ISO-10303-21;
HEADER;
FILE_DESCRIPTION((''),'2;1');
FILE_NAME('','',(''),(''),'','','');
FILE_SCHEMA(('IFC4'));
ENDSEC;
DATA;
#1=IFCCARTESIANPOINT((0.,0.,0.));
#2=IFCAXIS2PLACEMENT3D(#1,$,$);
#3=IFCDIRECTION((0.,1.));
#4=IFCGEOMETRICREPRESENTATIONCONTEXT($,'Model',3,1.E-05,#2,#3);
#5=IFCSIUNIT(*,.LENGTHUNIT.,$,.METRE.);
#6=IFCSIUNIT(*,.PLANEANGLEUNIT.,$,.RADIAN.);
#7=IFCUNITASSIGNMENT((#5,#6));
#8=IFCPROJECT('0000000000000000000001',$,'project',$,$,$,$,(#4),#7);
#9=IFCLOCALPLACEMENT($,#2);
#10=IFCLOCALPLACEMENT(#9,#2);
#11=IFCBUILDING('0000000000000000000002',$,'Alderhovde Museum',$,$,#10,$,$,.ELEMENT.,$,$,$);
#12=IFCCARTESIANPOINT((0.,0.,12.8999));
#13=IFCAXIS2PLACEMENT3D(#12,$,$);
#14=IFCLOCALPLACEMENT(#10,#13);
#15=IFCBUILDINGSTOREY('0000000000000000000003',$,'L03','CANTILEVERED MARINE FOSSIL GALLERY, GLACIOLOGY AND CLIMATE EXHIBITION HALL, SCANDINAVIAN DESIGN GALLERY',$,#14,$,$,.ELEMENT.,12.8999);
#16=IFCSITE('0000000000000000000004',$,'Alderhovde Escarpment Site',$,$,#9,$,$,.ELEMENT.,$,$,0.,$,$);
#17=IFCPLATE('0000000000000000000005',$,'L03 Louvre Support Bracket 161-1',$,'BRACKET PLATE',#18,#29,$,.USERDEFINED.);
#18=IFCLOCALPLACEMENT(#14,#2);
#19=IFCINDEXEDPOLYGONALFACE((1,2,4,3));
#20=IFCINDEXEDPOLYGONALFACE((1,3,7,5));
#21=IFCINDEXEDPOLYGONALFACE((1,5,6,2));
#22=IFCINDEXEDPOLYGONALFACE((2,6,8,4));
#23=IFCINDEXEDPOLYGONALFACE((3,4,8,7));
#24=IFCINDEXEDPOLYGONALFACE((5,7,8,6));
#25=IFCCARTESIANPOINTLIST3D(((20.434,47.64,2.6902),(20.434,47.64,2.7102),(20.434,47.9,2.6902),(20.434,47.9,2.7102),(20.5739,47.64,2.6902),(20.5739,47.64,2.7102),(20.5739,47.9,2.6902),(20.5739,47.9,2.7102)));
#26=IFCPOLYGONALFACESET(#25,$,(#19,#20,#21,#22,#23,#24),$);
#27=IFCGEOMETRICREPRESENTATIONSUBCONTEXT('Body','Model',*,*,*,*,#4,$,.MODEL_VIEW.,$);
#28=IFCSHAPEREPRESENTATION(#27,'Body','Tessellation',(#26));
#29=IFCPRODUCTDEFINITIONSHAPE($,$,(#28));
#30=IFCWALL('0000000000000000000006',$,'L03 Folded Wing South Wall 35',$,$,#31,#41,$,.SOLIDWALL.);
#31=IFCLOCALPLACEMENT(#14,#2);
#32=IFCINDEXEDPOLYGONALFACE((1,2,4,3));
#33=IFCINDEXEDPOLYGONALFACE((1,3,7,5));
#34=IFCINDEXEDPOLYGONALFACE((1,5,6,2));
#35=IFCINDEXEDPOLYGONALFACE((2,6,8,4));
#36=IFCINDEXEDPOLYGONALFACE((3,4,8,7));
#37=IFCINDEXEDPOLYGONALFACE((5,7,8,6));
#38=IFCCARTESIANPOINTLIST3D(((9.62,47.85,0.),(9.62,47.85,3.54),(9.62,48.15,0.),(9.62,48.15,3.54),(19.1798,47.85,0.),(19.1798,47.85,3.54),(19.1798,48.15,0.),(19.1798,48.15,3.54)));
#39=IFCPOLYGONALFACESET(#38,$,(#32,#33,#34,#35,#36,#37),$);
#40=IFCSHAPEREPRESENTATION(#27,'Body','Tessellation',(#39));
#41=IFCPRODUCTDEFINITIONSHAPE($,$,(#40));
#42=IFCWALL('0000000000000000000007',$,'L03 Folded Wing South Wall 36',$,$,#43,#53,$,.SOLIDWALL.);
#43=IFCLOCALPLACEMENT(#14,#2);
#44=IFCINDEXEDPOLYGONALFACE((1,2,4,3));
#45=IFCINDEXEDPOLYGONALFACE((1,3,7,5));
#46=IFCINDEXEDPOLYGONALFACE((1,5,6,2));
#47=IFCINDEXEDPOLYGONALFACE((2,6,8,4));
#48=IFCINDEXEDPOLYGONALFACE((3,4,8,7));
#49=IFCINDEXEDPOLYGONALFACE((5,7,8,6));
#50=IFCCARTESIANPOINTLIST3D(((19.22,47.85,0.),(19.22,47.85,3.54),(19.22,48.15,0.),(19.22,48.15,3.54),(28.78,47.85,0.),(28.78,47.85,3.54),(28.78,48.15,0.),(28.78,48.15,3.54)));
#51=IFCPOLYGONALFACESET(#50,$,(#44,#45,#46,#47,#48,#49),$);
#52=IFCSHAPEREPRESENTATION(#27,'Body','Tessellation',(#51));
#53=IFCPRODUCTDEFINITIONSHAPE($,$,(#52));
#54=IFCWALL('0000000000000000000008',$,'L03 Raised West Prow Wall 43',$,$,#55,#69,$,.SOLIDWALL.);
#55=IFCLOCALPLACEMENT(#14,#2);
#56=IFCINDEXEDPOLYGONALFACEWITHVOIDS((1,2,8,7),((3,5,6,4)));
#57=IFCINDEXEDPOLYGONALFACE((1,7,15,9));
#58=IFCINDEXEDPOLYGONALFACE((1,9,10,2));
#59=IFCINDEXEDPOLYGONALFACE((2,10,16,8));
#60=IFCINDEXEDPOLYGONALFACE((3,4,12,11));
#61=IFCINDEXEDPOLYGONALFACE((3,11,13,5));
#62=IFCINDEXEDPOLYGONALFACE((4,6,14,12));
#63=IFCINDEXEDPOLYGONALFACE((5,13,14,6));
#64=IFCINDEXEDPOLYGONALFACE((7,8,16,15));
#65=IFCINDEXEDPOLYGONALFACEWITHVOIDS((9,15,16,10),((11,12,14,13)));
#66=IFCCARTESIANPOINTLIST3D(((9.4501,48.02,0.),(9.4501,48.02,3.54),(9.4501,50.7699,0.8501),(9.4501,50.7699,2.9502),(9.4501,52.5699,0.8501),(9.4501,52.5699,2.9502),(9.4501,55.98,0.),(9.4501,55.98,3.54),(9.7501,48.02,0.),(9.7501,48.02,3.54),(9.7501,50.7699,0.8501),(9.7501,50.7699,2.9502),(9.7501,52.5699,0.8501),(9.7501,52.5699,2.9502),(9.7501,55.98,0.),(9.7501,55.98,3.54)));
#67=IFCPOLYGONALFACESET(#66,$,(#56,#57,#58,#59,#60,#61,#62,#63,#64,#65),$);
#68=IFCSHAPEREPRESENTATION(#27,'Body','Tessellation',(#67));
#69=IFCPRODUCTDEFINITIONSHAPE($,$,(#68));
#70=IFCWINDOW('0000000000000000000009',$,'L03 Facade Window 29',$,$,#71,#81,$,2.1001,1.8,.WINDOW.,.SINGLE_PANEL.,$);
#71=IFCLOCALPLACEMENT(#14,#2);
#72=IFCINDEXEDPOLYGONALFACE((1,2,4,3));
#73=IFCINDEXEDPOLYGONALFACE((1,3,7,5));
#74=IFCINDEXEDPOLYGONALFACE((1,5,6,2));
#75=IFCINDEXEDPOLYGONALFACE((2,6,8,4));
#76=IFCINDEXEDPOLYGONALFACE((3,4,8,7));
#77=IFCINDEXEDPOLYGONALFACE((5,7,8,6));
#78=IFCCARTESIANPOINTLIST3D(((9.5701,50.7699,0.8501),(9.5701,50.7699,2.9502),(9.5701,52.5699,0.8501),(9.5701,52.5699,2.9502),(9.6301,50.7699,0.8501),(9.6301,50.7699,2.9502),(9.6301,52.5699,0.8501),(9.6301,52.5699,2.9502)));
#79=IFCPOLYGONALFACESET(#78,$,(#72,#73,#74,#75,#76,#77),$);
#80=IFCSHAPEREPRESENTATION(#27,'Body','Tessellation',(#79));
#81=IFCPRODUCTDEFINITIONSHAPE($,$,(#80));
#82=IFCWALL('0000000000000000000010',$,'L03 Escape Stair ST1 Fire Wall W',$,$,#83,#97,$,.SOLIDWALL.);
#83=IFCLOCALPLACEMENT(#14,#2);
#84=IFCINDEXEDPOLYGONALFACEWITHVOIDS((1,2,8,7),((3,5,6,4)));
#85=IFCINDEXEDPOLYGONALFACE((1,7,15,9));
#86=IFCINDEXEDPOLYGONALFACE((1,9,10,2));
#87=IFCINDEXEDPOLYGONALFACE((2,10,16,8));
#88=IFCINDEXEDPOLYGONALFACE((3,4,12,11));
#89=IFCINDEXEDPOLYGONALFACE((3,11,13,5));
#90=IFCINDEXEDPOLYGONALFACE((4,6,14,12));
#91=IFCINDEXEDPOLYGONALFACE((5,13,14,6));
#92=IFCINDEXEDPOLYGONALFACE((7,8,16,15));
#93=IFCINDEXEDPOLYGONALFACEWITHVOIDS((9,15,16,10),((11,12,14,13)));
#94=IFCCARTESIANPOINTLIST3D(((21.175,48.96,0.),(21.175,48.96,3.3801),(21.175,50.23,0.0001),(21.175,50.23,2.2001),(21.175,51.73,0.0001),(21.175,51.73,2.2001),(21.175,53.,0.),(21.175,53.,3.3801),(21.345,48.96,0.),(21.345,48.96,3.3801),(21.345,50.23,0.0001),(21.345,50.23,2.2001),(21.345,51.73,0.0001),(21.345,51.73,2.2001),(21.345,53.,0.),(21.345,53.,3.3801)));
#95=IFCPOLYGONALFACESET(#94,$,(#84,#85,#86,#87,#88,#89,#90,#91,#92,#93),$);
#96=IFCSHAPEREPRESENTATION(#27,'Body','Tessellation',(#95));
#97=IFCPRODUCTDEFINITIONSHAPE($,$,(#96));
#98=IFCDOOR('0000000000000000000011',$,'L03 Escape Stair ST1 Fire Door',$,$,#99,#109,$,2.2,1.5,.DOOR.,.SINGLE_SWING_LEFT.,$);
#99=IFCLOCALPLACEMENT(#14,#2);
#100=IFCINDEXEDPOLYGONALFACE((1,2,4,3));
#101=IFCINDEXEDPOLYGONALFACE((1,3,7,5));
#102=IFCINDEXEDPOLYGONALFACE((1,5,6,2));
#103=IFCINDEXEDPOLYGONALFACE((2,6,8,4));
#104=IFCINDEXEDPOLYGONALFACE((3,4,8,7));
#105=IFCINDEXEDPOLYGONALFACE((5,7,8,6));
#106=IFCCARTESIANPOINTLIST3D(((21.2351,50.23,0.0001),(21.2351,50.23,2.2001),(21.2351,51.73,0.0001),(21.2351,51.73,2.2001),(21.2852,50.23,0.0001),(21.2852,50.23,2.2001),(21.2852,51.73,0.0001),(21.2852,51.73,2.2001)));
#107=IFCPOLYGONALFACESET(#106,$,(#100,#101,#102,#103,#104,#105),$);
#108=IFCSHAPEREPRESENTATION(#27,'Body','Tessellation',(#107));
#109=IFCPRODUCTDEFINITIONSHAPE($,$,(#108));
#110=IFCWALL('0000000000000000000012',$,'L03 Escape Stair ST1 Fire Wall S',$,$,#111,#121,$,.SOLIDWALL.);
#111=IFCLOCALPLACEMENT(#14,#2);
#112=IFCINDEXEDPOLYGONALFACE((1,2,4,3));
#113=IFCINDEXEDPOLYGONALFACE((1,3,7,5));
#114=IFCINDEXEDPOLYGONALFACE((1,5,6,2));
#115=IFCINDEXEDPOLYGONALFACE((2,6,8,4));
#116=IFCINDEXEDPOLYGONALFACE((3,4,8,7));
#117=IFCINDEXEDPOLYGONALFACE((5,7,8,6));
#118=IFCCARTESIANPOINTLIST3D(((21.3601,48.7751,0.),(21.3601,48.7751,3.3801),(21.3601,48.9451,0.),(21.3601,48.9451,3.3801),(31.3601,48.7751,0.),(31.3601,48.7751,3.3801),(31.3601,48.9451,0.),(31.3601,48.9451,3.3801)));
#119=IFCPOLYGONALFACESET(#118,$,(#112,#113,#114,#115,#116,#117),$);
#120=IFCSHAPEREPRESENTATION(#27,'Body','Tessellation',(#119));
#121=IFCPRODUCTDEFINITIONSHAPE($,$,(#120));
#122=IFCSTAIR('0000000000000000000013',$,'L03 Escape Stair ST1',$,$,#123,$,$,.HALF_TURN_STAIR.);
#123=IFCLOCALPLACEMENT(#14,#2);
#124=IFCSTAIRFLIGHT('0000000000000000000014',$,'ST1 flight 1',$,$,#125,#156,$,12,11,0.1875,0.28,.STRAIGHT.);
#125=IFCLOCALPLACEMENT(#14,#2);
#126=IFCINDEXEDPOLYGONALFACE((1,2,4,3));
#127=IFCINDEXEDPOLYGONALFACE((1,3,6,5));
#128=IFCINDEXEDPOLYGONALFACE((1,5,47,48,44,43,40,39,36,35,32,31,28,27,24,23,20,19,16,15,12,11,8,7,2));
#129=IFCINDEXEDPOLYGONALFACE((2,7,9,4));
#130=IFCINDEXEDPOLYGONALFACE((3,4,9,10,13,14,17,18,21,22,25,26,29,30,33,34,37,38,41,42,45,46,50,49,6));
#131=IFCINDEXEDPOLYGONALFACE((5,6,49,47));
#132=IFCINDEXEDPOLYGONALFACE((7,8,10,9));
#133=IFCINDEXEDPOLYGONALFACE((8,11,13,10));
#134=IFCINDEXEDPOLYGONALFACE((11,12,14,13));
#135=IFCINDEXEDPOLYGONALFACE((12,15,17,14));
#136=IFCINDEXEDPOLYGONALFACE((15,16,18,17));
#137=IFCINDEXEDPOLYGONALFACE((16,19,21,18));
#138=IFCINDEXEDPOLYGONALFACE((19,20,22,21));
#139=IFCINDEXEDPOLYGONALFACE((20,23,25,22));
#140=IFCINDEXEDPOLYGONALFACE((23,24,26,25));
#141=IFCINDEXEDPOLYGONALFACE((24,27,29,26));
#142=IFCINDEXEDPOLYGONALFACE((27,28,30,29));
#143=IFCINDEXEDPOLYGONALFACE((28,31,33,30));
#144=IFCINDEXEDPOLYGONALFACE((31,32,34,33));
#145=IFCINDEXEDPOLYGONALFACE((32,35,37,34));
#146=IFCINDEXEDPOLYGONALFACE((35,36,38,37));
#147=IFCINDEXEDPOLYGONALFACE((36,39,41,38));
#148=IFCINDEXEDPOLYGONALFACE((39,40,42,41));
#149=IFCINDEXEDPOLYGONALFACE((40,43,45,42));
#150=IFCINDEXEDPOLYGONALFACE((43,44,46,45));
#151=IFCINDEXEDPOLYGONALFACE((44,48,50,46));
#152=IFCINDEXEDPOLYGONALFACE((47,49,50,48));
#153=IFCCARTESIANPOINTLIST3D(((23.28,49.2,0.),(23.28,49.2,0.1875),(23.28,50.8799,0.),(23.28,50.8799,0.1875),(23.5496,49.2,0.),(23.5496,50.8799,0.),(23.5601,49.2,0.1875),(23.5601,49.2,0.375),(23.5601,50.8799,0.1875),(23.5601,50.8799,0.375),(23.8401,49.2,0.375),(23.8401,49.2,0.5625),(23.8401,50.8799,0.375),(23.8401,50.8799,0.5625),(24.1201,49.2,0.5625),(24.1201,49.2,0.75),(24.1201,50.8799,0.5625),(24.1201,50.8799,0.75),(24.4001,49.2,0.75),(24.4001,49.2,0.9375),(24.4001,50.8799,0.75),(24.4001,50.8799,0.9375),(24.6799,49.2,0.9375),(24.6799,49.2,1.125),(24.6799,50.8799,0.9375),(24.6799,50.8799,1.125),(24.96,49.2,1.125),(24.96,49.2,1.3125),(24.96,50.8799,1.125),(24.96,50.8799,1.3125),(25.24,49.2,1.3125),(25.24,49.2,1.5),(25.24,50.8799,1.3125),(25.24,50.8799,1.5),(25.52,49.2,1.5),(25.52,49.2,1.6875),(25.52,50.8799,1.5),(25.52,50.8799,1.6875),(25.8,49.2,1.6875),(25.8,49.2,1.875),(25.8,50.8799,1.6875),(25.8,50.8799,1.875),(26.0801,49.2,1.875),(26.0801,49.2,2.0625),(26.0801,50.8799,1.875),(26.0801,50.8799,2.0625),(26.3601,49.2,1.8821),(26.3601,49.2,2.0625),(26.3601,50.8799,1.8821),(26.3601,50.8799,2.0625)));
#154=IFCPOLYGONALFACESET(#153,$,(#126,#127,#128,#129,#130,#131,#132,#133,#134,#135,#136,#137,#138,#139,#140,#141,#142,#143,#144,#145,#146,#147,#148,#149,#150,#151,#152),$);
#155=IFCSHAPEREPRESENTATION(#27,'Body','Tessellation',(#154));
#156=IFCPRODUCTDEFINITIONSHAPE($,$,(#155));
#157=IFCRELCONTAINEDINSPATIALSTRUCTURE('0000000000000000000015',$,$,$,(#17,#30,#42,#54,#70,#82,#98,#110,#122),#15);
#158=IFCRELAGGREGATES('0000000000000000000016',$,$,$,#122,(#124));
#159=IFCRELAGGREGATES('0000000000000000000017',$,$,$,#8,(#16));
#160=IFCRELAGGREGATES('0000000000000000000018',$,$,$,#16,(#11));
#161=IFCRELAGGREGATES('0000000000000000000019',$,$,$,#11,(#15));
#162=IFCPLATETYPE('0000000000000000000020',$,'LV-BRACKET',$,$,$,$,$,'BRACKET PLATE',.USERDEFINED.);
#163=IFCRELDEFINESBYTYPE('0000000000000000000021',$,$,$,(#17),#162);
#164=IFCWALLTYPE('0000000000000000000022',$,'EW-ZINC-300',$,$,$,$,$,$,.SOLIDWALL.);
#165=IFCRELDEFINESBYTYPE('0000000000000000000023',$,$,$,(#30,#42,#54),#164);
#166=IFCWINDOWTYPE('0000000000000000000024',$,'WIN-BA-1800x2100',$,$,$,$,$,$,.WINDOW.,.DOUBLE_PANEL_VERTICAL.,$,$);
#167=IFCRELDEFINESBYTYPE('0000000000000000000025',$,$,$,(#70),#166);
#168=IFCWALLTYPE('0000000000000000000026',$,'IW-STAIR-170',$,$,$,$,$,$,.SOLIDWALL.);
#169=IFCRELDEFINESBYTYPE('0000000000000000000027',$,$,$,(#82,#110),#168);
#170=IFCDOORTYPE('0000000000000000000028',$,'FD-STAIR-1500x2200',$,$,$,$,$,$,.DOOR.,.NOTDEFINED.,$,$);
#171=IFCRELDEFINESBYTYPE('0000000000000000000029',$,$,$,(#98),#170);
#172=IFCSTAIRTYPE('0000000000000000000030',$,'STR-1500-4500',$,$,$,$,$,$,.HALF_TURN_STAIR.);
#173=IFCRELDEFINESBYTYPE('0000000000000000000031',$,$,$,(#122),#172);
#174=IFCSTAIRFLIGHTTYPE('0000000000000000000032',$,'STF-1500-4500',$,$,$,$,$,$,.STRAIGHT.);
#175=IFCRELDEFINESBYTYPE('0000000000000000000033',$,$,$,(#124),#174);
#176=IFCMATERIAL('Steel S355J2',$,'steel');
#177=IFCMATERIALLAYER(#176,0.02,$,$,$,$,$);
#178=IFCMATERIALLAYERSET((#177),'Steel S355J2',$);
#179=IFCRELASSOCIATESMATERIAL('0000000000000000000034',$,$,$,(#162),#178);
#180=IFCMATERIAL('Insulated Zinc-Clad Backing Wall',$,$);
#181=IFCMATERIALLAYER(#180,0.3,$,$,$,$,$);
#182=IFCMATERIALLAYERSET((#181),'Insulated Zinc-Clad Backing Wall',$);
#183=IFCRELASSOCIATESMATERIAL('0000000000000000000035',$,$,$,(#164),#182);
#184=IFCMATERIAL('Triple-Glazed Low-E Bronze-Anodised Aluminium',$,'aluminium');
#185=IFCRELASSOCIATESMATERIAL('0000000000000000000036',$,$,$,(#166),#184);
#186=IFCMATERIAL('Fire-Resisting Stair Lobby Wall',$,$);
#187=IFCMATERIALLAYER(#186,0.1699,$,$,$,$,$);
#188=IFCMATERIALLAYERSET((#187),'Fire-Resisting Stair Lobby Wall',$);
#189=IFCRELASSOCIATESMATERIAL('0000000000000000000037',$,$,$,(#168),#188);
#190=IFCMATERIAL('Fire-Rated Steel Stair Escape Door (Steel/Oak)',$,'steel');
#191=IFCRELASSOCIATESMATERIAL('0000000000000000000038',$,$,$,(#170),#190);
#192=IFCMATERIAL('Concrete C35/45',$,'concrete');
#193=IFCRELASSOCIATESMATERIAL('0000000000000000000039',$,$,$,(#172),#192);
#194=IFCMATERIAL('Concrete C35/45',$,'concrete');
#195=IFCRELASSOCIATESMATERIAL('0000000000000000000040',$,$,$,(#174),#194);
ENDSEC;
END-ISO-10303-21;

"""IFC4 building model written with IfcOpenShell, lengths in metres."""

from ifc_helpers import new_model, si_unit, direction, frame, frame_2d, origin, origin_2d, place, context, subcontext, project, spatial, polyline, rectangle, outline, extrude, material, layer, layer_set, type_object, element, fill, aggregate, save


model = new_model("IFC4")

# Units and contexts
model_context = context("Model", 3, precision=1e-05, world=origin(), true_north=direction((0.0, 1.0)))
body_context = subcontext(model_context, "Body", "Model", "MODEL_VIEW")
ifc_project = project(units=[si_unit("LENGTHUNIT", "METRE"), si_unit("PLANEANGLEUNIT", "RADIAN")], contexts=[model_context])

# Site, building, storey
site_placement = place(None, origin())
site = spatial("IfcSite", under=ifc_project, at=site_placement, Name="Alderhovde Escarpment Site", CompositionType="ELEMENT", RefElevation=0.0)
building_placement = place(site_placement, origin())
building = spatial("IfcBuilding", under=site, at=building_placement, Name="Alderhovde Museum", CompositionType="ELEMENT")
storey_placement = place(building_placement, frame((0.0, 0.0, 12.8999)))
storey = spatial("IfcBuildingStorey", under=building, at=storey_placement, Name="L03", Description="CANTILEVERED MARINE FOSSIL GALLERY, GLACIOLOGY AND CLIMATE EXHIBITION HALL, SCANDINAVIAN DESIGN GALLERY", CompositionType="ELEMENT", Elevation=12.8999)

# Plate
ifc_material_1 = material(Name="Steel S355J2", Category="steel")
ifc_layer_1 = layer(ifc_material_1, 0.02)
ifc_layer_set_1 = layer_set([ifc_layer_1], Name="Steel S355J2")
plate_type_1 = type_object("IfcPlateType", Name="LV-BRACKET", ElementType="BRACKET PLATE", PredefinedType="USERDEFINED", material=ifc_layer_set_1)
for number, where, z_axis, x_axis, name in (
    (1, (20.5039, 47.77, 2.6902), (0.0, 0.0, 1.0), (1.0, 0.0, 0.0), "L03 Louvre Support Bracket 161-1"),
):
    element("IfcPlate", number, at=place(storey_placement, frame(where, z_axis=z_axis, x_axis=x_axis)), inside=storey, type_object=plate_type_1, Name=name, ObjectType="BRACKET PLATE", PredefinedType="USERDEFINED", context=body_context, shape_type="SweptSolid", body=[
        extrude(rectangle(XDim=0.1399, YDim=0.26, at=origin_2d()), origin(), (0.0, 0.0, 1.0), 0.02),
    ])

# Walls
ifc_material_2 = material(Name="Insulated Zinc-Clad Backing Wall")
ifc_layer_2 = layer(ifc_material_2, 0.3)
ifc_layer_set_2 = layer_set([ifc_layer_2], Name="Insulated Zinc-Clad Backing Wall")
wall_type_1 = type_object("IfcWallType", Name="EW-ZINC-300", PredefinedType="SOLIDWALL", material=ifc_layer_set_2)
wall_1_placement = place(storey_placement, frame((9.6201, 48.0, 0.0), z_axis=(0.0, 0.0, 1.0), x_axis=(1.0, 0.0, 0.0)))
element("IfcWall", 2, at=wall_1_placement, inside=storey, type_object=wall_type_1, Name="L03 Folded Wing South Wall 35", PredefinedType="SOLIDWALL", context=body_context, shape_type="SweptSolid", body=[
    extrude(rectangle(XDim=9.5598, YDim=0.3, at=frame_2d((4.7798, 0.0))), origin(), (0.0, 0.0, 1.0), 3.54),
])
wall_2_placement = place(storey_placement, frame((19.22, 48.0, 0.0), z_axis=(0.0, 0.0, 1.0), x_axis=(1.0, 0.0, 0.0)))
element("IfcWall", 3, at=wall_2_placement, inside=storey, type_object=wall_type_1, Name="L03 Folded Wing South Wall 36", PredefinedType="SOLIDWALL", context=body_context, shape_type="SweptSolid", body=[
    extrude(rectangle(XDim=9.5601, YDim=0.3, at=frame_2d((4.78, 0.0))), origin(), (0.0, 0.0, 1.0), 3.54),
])

# Wall, opening, window
wall_3_placement = place(storey_placement, frame((9.6001, 48.02, 0.0), z_axis=(0.0, 0.0, 1.0), x_axis=(0.0, 1.0, 0.0)))
wall_3 = element("IfcWall", 4, at=wall_3_placement, inside=storey, type_object=wall_type_1, Name="L03 Raised West Prow Wall 43", PredefinedType="SOLIDWALL", context=body_context, shape_type="SweptSolid", body=[
    extrude(rectangle(XDim=7.96, YDim=0.3, at=frame_2d((3.98, 0.0))), origin(), (0.0, 0.0, 1.0), 3.54),
])
opening_1_placement = place(wall_3_placement, frame((2.75, 0.0, 0.8501)))
opening_1 = element("IfcOpeningElement", 5, at=opening_1_placement, cuts=wall_3, PredefinedType="OPENING", context=body_context, shape_type="SweptSolid", body=[
    extrude(rectangle(XDim=1.8, YDim=2.1001, at=frame_2d((0.8999, 1.05))), frame((0.0, 0.1599, 0.0), z_axis=(0.0, -1.0, 0.0), x_axis=(1.0, 0.0, 0.0)), (0.0, 0.0, 1.0), 0.3201),
])
ifc_material_3 = material(Name="Triple-Glazed Low-E Bronze-Anodised Aluminium", Category="aluminium")
window_type = type_object("IfcWindowType", Name="WIN-BA-1800x2100", PartitioningType="DOUBLE_PANEL_VERTICAL", PredefinedType="WINDOW", material=ifc_material_3)
window_placement = place(opening_1_placement, origin())
window = element("IfcWindow", 6, at=window_placement, inside=storey, type_object=window_type, Name="L03 Facade Window 29", OverallHeight=2.1001, OverallWidth=1.8, PartitioningType="SINGLE_PANEL", PredefinedType="WINDOW", context=body_context, shape_type="SweptSolid", body=[
    extrude(rectangle(XDim=1.8, YDim=2.1001, at=frame_2d((0.8999, 1.05))), frame((0.0, 0.03, 0.0), z_axis=(0.0, -1.0, 0.0), x_axis=(1.0, 0.0, 0.0)), (0.0, 0.0, 1.0), 0.0601),
])
fill(opening_1, window)

# Wall, opening, door
ifc_material_4 = material(Name="Fire-Resisting Stair Lobby Wall")
ifc_layer_3 = layer(ifc_material_4, 0.1699)
ifc_layer_set_3 = layer_set([ifc_layer_3], Name="Fire-Resisting Stair Lobby Wall")
wall_type_2 = type_object("IfcWallType", Name="IW-STAIR-170", PredefinedType="SOLIDWALL", material=ifc_layer_set_3)
wall_4_placement = place(storey_placement, frame((21.26, 48.96, 0.0), z_axis=(0.0, 0.0, 1.0), x_axis=(0.0, 1.0, 0.0)))
wall_4 = element("IfcWall", 7, at=wall_4_placement, inside=storey, type_object=wall_type_2, Name="L03 Escape Stair ST1 Fire Wall W", PredefinedType="SOLIDWALL", context=body_context, shape_type="SweptSolid", body=[
    extrude(rectangle(XDim=4.04, YDim=0.1699, at=frame_2d((2.02, 0.0))), origin(), (0.0, 0.0, 1.0), 3.3801),
])
opening_2_placement = place(wall_4_placement, frame((1.27, 0.0, 0.0)))
opening_2 = element("IfcOpeningElement", 8, at=opening_2_placement, cuts=wall_4, PredefinedType="OPENING", context=body_context, shape_type="SweptSolid", body=[
    extrude(rectangle(XDim=1.5, YDim=2.2, at=frame_2d((0.75, 1.1001))), frame((0.0, 0.095, 0.0), z_axis=(0.0, -1.0, 0.0), x_axis=(1.0, 0.0, 0.0)), (0.0, 0.0, 1.0), 0.1899),
])
ifc_material_5 = material(Name="Fire-Rated Steel Stair Escape Door (Steel/Oak)", Category="steel")
door_type = type_object("IfcDoorType", Name="FD-STAIR-1500x2200", OperationType="NOTDEFINED", PredefinedType="DOOR", material=ifc_material_5)
door_placement = place(opening_2_placement, origin())
door = element("IfcDoor", 9, at=door_placement, inside=storey, type_object=door_type, Name="L03 Escape Stair ST1 Fire Door", OperationType="SINGLE_SWING_LEFT", OverallHeight=2.2, OverallWidth=1.5, PredefinedType="DOOR", context=body_context, shape_type="SweptSolid", body=[
    extrude(rectangle(XDim=1.5, YDim=2.2, at=frame_2d((0.75, 1.1001))), frame((0.0, 0.0249, 0.0), z_axis=(0.0, -1.0, 0.0), x_axis=(1.0, 0.0, 0.0)), (0.0, 0.0, 1.0), 0.05),
])
fill(opening_2, door)

# Wall
wall_5_placement = place(storey_placement, frame((21.3601, 48.8601, 0.0), z_axis=(0.0, 0.0, 1.0), x_axis=(1.0, 0.0, 0.0)))
element("IfcWall", 10, at=wall_5_placement, inside=storey, type_object=wall_type_2, Name="L03 Escape Stair ST1 Fire Wall S", PredefinedType="SOLIDWALL", context=body_context, shape_type="SweptSolid", body=[
    extrude(rectangle(XDim=10.0, YDim=0.1699, at=frame_2d((5.0, 0.0))), origin(), (0.0, 0.0, 1.0), 3.3801),
])

# Stair, stair flight
ifc_material_6 = material(Name="Concrete C35/45", Category="concrete")
stair_type = type_object("IfcStairType", Name="STR-1500-4500", PredefinedType="HALF_TURN_STAIR", material=ifc_material_6)
stair_placement = place(storey_placement, origin())
stair = element("IfcStair", 11, at=stair_placement, inside=storey, type_object=stair_type, Name="L03 Escape Stair ST1", PredefinedType="HALF_TURN_STAIR")
ifc_material_7 = material(Name="Concrete C35/45", Category="concrete")
stair_flight_type = type_object("IfcStairFlightType", Name="STF-1500-4500", PredefinedType="STRAIGHT", material=ifc_material_7)
stair_flight_1_placement = place(storey_placement, frame((23.28, 50.04, 0.0), z_axis=(0.0, 0.0, 1.0), x_axis=(1.0, 0.0, 0.0)))
stair_flight_1 = element("IfcStairFlight", 12, at=stair_flight_1_placement, type_object=stair_flight_type, Name="ST1 flight 1", NumberOfRisers=12, NumberOfTreads=11, PredefinedType="STRAIGHT", RiserHeight=0.1875, TreadLength=0.28, context=body_context, shape_type="SweptSolid", body=[
    extrude(outline(polyline([(0.0, 0.0), (0.0, 0.1875), (0.28, 0.1875), (0.28, 0.375), (0.5601, 0.375), (0.5601, 0.5625), (0.8401, 0.5625), (0.8401, 0.75), (1.1201, 0.75), (1.1201, 0.9375), (1.3999, 0.9375), (1.3999, 1.125), (1.6799, 1.125), (1.6799, 1.3125), (1.96, 1.3125), (1.96, 1.5), (2.24, 1.5), (2.24, 1.6875), (2.52, 1.6875), (2.52, 1.875), (2.8, 1.875), (2.8, 2.0625), (3.0801, 2.0625), (3.0801, 2.25), (3.0801, 1.8821), (0.2695, 0.0), (0.0, 0.0)])), frame((0.0, 0.8398, 0.0), z_axis=(0.0, -1.0, 0.0), x_axis=(1.0, 0.0, 0.0)), (0.0, 0.0, 1.0), 1.6799),
])
aggregate(stair, [stair_flight_1])

save(model, "model.ifc")
